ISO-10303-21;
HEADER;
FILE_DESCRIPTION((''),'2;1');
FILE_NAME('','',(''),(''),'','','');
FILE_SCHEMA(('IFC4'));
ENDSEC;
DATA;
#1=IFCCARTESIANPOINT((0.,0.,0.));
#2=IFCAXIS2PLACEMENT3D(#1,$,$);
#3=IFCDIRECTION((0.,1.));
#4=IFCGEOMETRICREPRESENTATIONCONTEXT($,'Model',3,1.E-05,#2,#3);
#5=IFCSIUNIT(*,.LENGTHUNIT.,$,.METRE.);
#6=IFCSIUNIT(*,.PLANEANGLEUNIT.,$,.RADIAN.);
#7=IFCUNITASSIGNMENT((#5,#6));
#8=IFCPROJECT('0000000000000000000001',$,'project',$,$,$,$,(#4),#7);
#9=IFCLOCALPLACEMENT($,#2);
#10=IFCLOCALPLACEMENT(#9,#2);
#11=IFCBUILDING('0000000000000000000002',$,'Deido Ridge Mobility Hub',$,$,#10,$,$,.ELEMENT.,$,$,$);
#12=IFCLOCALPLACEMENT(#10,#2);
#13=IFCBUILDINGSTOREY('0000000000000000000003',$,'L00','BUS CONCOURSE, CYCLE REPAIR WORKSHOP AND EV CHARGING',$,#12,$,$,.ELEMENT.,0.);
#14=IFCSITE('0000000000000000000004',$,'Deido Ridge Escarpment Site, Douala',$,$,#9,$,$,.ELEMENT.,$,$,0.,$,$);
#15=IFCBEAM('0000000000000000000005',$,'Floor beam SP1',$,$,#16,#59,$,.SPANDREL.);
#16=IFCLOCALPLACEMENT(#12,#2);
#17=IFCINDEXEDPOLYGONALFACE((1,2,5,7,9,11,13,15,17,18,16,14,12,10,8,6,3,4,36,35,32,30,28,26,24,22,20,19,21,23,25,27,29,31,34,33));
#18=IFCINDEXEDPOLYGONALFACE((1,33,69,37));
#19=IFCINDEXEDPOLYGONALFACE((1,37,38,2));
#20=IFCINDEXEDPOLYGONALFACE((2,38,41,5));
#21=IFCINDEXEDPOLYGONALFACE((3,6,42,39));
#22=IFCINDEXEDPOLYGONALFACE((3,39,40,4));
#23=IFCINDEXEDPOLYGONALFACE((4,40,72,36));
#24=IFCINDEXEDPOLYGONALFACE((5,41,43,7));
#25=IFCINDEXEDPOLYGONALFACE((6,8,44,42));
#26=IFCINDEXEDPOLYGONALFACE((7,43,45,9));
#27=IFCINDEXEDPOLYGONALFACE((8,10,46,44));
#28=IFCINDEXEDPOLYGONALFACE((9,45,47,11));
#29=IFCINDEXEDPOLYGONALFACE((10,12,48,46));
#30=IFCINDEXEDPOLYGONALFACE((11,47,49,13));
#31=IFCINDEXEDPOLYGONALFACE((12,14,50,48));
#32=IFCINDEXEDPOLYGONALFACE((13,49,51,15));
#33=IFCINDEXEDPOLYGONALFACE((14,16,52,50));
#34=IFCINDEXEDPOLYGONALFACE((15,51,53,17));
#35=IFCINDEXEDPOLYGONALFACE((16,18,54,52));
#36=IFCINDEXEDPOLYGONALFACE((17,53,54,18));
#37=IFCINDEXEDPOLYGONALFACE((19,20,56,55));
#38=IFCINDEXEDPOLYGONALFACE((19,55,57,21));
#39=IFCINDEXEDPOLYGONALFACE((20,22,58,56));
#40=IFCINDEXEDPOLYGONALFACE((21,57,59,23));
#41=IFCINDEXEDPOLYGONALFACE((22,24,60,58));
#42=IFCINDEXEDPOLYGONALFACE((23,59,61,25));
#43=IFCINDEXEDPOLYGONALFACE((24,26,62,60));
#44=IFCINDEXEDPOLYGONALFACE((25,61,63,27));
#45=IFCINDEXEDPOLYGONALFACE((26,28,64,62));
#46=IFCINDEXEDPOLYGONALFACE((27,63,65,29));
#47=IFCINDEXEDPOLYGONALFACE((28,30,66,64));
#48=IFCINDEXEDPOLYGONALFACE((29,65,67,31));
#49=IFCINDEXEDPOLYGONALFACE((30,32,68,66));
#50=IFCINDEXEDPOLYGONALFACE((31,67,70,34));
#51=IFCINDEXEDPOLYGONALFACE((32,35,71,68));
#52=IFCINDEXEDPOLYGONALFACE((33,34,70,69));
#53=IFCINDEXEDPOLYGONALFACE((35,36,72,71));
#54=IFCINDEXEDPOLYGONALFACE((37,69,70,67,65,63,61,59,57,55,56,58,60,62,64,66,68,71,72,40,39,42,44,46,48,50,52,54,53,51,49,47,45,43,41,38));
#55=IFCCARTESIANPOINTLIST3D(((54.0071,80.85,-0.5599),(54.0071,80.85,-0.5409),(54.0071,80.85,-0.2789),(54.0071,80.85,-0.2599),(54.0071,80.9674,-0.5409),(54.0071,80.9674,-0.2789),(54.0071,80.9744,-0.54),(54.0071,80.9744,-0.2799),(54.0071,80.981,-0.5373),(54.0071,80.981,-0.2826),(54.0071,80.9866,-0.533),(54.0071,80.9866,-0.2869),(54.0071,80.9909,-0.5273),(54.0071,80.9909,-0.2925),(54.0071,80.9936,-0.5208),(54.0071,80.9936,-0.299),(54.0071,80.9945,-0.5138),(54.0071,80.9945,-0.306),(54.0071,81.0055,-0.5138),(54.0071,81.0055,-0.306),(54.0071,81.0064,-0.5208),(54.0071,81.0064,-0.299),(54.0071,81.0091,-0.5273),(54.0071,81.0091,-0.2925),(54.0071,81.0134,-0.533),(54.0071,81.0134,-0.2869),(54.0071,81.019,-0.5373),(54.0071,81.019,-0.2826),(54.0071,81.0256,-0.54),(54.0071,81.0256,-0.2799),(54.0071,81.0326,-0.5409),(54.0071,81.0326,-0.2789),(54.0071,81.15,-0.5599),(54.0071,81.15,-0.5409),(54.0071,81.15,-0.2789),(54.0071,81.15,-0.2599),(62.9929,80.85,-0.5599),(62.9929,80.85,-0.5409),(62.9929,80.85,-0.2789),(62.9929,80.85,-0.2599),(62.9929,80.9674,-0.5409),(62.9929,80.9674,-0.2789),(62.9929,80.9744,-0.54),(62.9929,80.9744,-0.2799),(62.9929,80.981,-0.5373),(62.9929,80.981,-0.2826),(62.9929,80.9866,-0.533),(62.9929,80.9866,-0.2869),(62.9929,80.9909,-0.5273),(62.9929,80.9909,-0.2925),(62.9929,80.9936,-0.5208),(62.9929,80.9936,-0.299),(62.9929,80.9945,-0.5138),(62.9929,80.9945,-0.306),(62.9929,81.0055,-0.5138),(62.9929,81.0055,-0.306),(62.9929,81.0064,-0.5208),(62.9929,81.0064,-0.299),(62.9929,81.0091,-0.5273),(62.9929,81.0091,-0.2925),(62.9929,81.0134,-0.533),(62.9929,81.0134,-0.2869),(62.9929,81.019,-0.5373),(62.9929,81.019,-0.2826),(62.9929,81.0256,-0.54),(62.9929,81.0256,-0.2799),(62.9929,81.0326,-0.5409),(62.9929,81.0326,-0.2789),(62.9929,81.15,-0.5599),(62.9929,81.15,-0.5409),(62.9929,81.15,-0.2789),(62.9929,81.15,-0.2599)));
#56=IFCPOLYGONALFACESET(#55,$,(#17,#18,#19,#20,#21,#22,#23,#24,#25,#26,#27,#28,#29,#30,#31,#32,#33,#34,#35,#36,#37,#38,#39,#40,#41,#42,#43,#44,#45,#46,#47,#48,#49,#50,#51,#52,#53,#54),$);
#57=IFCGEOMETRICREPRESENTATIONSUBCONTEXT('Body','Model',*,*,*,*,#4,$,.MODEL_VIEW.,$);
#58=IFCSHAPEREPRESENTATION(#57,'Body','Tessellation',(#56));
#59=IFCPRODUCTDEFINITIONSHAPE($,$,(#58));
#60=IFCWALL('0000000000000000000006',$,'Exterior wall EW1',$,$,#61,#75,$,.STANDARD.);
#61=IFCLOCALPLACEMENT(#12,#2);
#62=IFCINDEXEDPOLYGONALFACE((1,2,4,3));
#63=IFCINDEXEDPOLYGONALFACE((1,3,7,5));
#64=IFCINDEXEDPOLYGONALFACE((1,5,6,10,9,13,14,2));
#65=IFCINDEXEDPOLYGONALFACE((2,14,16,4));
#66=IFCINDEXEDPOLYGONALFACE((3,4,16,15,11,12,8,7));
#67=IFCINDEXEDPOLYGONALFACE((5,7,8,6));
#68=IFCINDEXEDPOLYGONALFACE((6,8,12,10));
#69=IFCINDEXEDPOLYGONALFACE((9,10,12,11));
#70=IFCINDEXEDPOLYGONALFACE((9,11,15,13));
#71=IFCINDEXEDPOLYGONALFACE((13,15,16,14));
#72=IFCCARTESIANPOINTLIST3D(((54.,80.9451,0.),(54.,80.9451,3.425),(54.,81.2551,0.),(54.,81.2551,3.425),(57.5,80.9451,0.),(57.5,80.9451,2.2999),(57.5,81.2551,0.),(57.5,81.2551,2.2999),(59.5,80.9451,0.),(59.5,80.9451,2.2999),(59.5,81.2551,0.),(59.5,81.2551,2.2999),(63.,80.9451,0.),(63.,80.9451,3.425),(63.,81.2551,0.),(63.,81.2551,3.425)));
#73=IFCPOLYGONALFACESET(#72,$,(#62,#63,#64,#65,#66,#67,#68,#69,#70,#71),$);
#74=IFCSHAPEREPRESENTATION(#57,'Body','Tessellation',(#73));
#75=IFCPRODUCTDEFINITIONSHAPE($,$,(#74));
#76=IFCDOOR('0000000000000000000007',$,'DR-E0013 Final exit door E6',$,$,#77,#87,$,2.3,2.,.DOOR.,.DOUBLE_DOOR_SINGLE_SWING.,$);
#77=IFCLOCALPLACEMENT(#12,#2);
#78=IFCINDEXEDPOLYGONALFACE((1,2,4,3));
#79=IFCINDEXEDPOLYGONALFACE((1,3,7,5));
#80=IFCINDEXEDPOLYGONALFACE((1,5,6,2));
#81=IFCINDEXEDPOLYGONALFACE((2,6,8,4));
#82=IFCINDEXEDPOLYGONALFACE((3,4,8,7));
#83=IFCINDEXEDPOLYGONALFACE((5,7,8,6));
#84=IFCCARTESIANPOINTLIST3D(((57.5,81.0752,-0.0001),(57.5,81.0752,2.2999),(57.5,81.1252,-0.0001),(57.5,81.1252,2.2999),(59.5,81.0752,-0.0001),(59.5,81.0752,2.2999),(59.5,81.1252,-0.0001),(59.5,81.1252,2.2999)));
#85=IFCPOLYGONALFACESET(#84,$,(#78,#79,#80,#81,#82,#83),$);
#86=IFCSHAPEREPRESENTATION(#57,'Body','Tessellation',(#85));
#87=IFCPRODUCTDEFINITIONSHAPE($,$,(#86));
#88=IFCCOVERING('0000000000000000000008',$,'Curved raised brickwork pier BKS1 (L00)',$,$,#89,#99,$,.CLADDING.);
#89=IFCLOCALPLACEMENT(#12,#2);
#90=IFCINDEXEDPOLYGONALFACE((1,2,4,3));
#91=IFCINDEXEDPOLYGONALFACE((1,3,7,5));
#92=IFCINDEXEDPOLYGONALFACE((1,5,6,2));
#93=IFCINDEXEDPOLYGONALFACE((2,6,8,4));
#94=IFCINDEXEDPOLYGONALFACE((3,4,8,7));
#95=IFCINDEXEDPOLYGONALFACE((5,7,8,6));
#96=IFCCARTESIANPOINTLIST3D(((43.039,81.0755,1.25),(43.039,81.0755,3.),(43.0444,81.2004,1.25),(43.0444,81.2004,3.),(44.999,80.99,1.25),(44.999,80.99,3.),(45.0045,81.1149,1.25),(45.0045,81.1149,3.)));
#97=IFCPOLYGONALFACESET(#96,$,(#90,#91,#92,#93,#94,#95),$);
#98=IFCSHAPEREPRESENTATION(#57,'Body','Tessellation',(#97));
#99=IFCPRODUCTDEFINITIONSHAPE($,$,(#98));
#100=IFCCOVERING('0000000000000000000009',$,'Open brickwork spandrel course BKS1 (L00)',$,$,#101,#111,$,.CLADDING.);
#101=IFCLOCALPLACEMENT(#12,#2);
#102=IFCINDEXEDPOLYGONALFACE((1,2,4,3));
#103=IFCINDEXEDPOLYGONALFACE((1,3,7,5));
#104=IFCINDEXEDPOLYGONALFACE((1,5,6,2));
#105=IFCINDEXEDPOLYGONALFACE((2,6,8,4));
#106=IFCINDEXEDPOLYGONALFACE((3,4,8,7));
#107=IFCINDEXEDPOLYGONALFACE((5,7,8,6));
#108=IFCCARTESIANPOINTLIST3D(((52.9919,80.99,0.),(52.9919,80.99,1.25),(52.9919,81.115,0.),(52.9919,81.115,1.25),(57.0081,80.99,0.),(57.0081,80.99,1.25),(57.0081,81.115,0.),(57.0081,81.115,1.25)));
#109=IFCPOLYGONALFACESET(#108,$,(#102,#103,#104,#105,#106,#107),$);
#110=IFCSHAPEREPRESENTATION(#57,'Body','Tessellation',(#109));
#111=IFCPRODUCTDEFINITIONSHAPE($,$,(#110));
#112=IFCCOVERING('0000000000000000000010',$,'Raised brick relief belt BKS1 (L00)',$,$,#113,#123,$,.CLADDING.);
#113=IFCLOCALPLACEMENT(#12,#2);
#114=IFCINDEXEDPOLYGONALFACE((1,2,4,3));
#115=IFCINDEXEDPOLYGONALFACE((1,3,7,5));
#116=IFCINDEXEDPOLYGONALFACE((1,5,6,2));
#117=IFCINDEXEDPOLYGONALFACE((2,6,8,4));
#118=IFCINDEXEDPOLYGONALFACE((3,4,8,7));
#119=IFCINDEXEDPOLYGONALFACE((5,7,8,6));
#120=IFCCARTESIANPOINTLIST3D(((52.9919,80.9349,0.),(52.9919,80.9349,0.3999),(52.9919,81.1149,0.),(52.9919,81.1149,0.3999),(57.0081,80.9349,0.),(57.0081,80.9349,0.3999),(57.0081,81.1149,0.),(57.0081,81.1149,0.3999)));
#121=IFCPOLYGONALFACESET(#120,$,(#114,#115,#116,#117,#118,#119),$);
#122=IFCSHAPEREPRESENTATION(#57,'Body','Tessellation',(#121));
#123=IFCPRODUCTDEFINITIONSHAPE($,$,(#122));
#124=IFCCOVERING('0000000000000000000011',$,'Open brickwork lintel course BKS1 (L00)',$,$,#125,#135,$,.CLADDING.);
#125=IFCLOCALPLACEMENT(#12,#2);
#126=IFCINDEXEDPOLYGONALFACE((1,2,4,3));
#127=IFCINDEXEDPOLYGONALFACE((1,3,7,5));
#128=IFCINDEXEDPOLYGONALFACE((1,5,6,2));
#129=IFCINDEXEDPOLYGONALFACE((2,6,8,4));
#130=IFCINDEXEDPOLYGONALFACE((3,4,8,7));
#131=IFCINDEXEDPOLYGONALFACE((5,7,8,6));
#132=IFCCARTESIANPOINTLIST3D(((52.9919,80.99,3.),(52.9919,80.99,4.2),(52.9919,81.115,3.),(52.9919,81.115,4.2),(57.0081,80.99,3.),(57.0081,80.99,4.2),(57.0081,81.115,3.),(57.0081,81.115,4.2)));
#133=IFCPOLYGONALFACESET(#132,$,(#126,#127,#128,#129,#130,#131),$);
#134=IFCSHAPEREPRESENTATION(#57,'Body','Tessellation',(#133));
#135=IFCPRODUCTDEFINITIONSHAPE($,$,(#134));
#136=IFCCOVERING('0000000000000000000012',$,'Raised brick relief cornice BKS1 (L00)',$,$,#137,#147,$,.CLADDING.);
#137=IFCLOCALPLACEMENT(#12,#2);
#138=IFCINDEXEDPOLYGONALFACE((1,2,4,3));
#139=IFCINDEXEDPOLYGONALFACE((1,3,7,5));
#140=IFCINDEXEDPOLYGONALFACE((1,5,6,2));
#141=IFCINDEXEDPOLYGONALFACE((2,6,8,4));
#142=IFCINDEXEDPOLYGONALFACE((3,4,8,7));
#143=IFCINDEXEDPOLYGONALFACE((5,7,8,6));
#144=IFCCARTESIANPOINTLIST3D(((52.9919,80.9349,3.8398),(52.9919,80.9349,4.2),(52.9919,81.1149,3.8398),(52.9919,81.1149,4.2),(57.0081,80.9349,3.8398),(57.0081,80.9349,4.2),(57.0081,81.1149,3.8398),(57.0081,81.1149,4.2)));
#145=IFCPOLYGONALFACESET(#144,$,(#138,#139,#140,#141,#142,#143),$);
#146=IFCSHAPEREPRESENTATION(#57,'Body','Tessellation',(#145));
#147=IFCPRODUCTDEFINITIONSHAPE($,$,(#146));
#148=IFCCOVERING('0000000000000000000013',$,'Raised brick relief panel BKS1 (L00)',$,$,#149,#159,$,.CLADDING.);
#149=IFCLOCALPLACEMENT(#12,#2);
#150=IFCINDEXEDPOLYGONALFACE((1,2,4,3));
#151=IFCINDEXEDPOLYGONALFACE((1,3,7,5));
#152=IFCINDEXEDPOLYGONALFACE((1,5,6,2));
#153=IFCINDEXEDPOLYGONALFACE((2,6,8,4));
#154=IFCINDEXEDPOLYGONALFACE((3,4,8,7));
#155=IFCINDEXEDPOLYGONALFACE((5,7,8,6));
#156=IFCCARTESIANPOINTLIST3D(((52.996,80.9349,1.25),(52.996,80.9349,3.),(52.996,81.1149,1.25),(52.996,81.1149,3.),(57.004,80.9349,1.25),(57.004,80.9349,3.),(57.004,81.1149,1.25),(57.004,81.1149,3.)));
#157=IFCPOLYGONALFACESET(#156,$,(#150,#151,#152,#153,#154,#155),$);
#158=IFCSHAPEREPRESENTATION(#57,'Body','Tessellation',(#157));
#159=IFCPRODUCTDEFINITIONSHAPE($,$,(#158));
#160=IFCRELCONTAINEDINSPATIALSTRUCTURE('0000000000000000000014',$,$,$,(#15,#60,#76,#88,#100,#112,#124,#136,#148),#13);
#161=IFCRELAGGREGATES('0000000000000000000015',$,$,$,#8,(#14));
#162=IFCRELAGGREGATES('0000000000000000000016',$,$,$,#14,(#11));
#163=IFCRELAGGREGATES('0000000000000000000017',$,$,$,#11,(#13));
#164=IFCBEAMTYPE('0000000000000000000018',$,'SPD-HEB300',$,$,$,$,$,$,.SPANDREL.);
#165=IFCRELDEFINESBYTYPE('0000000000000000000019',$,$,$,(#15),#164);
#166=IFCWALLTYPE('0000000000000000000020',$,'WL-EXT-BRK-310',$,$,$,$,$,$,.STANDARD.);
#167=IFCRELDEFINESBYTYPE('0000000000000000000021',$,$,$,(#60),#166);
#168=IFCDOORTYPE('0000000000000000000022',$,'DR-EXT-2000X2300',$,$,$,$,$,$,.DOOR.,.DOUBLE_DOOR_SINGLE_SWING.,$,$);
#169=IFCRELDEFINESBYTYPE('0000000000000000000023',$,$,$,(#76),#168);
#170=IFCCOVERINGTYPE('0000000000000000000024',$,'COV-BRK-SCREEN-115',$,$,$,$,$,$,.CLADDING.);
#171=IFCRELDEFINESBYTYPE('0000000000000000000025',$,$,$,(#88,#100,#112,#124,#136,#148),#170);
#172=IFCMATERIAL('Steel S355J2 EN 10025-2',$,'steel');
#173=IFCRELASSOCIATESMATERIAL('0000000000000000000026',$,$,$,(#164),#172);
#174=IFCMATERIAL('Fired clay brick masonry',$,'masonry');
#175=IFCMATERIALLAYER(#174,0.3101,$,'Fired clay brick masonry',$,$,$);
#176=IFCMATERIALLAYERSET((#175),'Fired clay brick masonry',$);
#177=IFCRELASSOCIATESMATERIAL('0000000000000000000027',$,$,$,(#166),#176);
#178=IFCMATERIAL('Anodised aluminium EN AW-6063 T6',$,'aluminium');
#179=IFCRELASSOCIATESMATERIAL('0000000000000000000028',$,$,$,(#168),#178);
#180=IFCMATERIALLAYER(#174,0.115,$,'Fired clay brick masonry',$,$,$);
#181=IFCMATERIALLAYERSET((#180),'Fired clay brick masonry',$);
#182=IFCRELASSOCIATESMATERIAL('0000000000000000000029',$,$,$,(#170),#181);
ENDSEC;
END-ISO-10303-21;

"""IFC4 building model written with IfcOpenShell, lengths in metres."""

from ifc_helpers import new_model, si_unit, direction, frame, frame_2d, origin, origin_2d, place, context, subcontext, project, spatial, rectangle, i_section, extrude, material, layer, layer_set, material_profile, profile_set, type_object, element, fill, save


model = new_model("IFC4")

# Units and contexts
model_context = context("Model", 3, precision=1e-05, world=origin(), true_north=direction((0.0, 1.0)))
body_context = subcontext(model_context, "Body", "Model", "MODEL_VIEW")
ifc_project = project(units=[si_unit("LENGTHUNIT", "METRE"), si_unit("PLANEANGLEUNIT", "RADIAN")], contexts=[model_context])

# Site, building, storey
site_placement = place(None, origin())
site = spatial("IfcSite", under=ifc_project, at=site_placement, Name="Deido Ridge Escarpment Site, Douala", CompositionType="ELEMENT", RefElevation=0.0)
building_placement = place(site_placement, origin())
building = spatial("IfcBuilding", under=site, at=building_placement, Name="Deido Ridge Mobility Hub", CompositionType="ELEMENT")
storey_placement = place(building_placement, origin())
storey = spatial("IfcBuildingStorey", under=building, at=storey_placement, Name="L00", Description="BUS CONCOURSE, CYCLE REPAIR WORKSHOP AND EV CHARGING", CompositionType="ELEMENT", Elevation=0.0)

# Shared definitions
ifc_material_1 = material(Name="Steel S355J2 EN 10025-2", Category="steel")

# Shared definitions
ifc_material_2 = material(Name="Anodised aluminium EN AW-6063 T6", Category="aluminium")

# Beam
ifc_material_profile_1 = material_profile(ifc_material_1, i_section(OverallWidth=0.3, OverallDepth=0.3, WebThickness=0.011, FlangeThickness=0.019, FilletRadius=0.0271, at=origin_2d()), Name="HEB 300")
ifc_profile_set_1 = profile_set([ifc_material_profile_1], Name="Steel S355J2 EN 10025-2")
beam_type_1 = type_object("IfcBeamType", Name="SPD-HEB300", PredefinedType="SPANDREL", material=ifc_profile_set_1)
beam_1_placement = place(storey_placement, frame((54.0071, 81.0, -0.4099), z_axis=(1.0, 0.0, 0.0), x_axis=(0.0, 1.0, 0.0)))
element("IfcBeam", 1, at=beam_1_placement, inside=storey, type_object=beam_type_1, Name="Floor beam SP1", PredefinedType="SPANDREL", context=body_context, shape_type="SweptSolid", body=[
    extrude(i_section(OverallWidth=0.3, OverallDepth=0.3, WebThickness=0.011, FlangeThickness=0.019, FilletRadius=0.0271, at=origin_2d()), origin(), (0.0, 0.0, 1.0), 8.9858),
])

# Wall, opening, door
ifc_material_3 = material(Name="Fired clay brick masonry", Category="masonry")
ifc_layer_1 = layer(ifc_material_3, 0.3101, Name="Fired clay brick masonry")
ifc_layer_set_1 = layer_set([ifc_layer_1], Name="Fired clay brick masonry")
wall_type = type_object("IfcWallType", Name="WL-EXT-BRK-310", PredefinedType="STANDARD", material=ifc_layer_set_1)
wall_placement = place(storey_placement, frame((54.0, 81.1001, 0.0), z_axis=(0.0, 0.0, 1.0), x_axis=(1.0, 0.0, 0.0)))
wall = element("IfcWall", 2, at=wall_placement, inside=storey, type_object=wall_type, Name="Exterior wall EW1", PredefinedType="STANDARD", context=body_context, shape_type="SweptSolid", body=[
    extrude(rectangle(XDim=9.0, YDim=0.3101, at=frame_2d((4.5, 0.0))), origin(), (0.0, 0.0, 1.0), 3.425),
])
opening_placement = place(wall_placement, frame((3.5, 0.0, 0.0)))
opening = element("IfcOpeningElement", 3, at=opening_placement, cuts=wall, PredefinedType="OPENING", context=body_context, shape_type="SweptSolid", body=[
    extrude(rectangle(XDim=2.0, YDim=2.3, at=frame_2d((1.0, 1.1499))), frame((0.0, 0.165, 0.0), z_axis=(0.0, -1.0, 0.0), x_axis=(1.0, 0.0, 0.0)), (0.0, 0.0, 1.0), 0.3301),
])
door_type = type_object("IfcDoorType", Name="DR-EXT-2000X2300", OperationType="DOUBLE_DOOR_SINGLE_SWING", PredefinedType="DOOR", material=ifc_material_2)
door_placement = place(opening_placement, frame((2.0, 0.0, 0.0), z_axis=(0.0, 0.0, 1.0), x_axis=(-1.0, 0.0, 0.0)))
door = element("IfcDoor", 4, at=door_placement, inside=storey, type_object=door_type, Name="DR-E0013 Final exit door E6", OperationType="DOUBLE_DOOR_SINGLE_SWING", OverallHeight=2.3, OverallWidth=2.0, PredefinedType="DOOR", context=body_context, shape_type="SweptSolid", body=[
    extrude(rectangle(XDim=2.0, YDim=2.3, at=frame_2d((1.0, 1.1499))), frame((0.0, 0.0249, 0.0), z_axis=(0.0, -1.0, 0.0), x_axis=(1.0, 0.0, 0.0)), (0.0, 0.0, 1.0), 0.05),
])
fill(opening, door)

# Coverings
ifc_layer_2 = layer(ifc_material_3, 0.115, Name="Fired clay brick masonry")
ifc_layer_set_2 = layer_set([ifc_layer_2], Name="Fired clay brick masonry")
covering_type = type_object("IfcCoveringType", Name="COV-BRK-SCREEN-115", PredefinedType="CLADDING", material=ifc_layer_set_2)
covering_1_placement = place(storey_placement, frame((44.0217, 81.0952, 1.25), z_axis=(0.0, 0.0, 1.0), x_axis=(0.999049, -0.043602, 0.0)))
element("IfcCovering", 5, at=covering_1_placement, inside=storey, type_object=covering_type, Name="Curved raised brickwork pier BKS1 (L00)", PredefinedType="CLADDING", context=body_context, shape_type="SweptSolid", body=[
    extrude(rectangle(XDim=1.9619, YDim=0.125, at=origin_2d()), origin(), (0.0, 0.0, 1.0), 1.75),
])
covering_2_placement = place(storey_placement, frame((55.0, 81.0525, 0.0), z_axis=(0.0, 0.0, 1.0), x_axis=(1.0, 0.0, 0.0)))
element("IfcCovering", 6, at=covering_2_placement, inside=storey, type_object=covering_type, Name="Open brickwork spandrel course BKS1 (L00)", PredefinedType="CLADDING", context=body_context, shape_type="SweptSolid", body=[
    extrude(rectangle(XDim=4.0161, YDim=0.125, at=origin_2d()), origin(), (0.0, 0.0, 1.0), 1.25),
])
covering_3_placement = place(storey_placement, frame((55.0, 81.0249, 0.0), z_axis=(0.0, 0.0, 1.0), x_axis=(1.0, 0.0, 0.0)))
element("IfcCovering", 7, at=covering_3_placement, inside=storey, type_object=covering_type, Name="Raised brick relief belt BKS1 (L00)", PredefinedType="CLADDING", context=body_context, shape_type="SweptSolid", body=[
    extrude(rectangle(XDim=4.0161, YDim=0.1799, at=origin_2d()), origin(), (0.0, 0.0, 1.0), 0.3999),
])
covering_4_placement = place(storey_placement, frame((55.0, 81.0525, 3.0), z_axis=(0.0, 0.0, 1.0), x_axis=(1.0, 0.0, 0.0)))
element("IfcCovering", 8, at=covering_4_placement, inside=storey, type_object=covering_type, Name="Open brickwork lintel course BKS1 (L00)", PredefinedType="CLADDING", context=body_context, shape_type="SweptSolid", body=[
    extrude(rectangle(XDim=4.0161, YDim=0.125, at=origin_2d()), origin(), (0.0, 0.0, 1.0), 1.2),
])
covering_5_placement = place(storey_placement, frame((55.0, 81.0249, 3.8398), z_axis=(0.0, 0.0, 1.0), x_axis=(1.0, 0.0, 0.0)))
element("IfcCovering", 9, at=covering_5_placement, inside=storey, type_object=covering_type, Name="Raised brick relief cornice BKS1 (L00)", PredefinedType="CLADDING", context=body_context, shape_type="SweptSolid", body=[
    extrude(rectangle(XDim=4.0161, YDim=0.1799, at=origin_2d()), origin(), (0.0, 0.0, 1.0), 0.3601),
])
covering_6_placement = place(storey_placement, frame((55.0, 81.0249, 1.25), z_axis=(0.0, 0.0, 1.0), x_axis=(1.0, 0.0, 0.0)))
element("IfcCovering", 10, at=covering_6_placement, inside=storey, type_object=covering_type, Name="Raised brick relief panel BKS1 (L00)", PredefinedType="CLADDING", context=body_context, shape_type="SweptSolid", body=[
    extrude(rectangle(XDim=4.0081, YDim=0.1799, at=origin_2d()), origin(), (0.0, 0.0, 1.0), 1.75),
])

save(model, "model.ifc")
